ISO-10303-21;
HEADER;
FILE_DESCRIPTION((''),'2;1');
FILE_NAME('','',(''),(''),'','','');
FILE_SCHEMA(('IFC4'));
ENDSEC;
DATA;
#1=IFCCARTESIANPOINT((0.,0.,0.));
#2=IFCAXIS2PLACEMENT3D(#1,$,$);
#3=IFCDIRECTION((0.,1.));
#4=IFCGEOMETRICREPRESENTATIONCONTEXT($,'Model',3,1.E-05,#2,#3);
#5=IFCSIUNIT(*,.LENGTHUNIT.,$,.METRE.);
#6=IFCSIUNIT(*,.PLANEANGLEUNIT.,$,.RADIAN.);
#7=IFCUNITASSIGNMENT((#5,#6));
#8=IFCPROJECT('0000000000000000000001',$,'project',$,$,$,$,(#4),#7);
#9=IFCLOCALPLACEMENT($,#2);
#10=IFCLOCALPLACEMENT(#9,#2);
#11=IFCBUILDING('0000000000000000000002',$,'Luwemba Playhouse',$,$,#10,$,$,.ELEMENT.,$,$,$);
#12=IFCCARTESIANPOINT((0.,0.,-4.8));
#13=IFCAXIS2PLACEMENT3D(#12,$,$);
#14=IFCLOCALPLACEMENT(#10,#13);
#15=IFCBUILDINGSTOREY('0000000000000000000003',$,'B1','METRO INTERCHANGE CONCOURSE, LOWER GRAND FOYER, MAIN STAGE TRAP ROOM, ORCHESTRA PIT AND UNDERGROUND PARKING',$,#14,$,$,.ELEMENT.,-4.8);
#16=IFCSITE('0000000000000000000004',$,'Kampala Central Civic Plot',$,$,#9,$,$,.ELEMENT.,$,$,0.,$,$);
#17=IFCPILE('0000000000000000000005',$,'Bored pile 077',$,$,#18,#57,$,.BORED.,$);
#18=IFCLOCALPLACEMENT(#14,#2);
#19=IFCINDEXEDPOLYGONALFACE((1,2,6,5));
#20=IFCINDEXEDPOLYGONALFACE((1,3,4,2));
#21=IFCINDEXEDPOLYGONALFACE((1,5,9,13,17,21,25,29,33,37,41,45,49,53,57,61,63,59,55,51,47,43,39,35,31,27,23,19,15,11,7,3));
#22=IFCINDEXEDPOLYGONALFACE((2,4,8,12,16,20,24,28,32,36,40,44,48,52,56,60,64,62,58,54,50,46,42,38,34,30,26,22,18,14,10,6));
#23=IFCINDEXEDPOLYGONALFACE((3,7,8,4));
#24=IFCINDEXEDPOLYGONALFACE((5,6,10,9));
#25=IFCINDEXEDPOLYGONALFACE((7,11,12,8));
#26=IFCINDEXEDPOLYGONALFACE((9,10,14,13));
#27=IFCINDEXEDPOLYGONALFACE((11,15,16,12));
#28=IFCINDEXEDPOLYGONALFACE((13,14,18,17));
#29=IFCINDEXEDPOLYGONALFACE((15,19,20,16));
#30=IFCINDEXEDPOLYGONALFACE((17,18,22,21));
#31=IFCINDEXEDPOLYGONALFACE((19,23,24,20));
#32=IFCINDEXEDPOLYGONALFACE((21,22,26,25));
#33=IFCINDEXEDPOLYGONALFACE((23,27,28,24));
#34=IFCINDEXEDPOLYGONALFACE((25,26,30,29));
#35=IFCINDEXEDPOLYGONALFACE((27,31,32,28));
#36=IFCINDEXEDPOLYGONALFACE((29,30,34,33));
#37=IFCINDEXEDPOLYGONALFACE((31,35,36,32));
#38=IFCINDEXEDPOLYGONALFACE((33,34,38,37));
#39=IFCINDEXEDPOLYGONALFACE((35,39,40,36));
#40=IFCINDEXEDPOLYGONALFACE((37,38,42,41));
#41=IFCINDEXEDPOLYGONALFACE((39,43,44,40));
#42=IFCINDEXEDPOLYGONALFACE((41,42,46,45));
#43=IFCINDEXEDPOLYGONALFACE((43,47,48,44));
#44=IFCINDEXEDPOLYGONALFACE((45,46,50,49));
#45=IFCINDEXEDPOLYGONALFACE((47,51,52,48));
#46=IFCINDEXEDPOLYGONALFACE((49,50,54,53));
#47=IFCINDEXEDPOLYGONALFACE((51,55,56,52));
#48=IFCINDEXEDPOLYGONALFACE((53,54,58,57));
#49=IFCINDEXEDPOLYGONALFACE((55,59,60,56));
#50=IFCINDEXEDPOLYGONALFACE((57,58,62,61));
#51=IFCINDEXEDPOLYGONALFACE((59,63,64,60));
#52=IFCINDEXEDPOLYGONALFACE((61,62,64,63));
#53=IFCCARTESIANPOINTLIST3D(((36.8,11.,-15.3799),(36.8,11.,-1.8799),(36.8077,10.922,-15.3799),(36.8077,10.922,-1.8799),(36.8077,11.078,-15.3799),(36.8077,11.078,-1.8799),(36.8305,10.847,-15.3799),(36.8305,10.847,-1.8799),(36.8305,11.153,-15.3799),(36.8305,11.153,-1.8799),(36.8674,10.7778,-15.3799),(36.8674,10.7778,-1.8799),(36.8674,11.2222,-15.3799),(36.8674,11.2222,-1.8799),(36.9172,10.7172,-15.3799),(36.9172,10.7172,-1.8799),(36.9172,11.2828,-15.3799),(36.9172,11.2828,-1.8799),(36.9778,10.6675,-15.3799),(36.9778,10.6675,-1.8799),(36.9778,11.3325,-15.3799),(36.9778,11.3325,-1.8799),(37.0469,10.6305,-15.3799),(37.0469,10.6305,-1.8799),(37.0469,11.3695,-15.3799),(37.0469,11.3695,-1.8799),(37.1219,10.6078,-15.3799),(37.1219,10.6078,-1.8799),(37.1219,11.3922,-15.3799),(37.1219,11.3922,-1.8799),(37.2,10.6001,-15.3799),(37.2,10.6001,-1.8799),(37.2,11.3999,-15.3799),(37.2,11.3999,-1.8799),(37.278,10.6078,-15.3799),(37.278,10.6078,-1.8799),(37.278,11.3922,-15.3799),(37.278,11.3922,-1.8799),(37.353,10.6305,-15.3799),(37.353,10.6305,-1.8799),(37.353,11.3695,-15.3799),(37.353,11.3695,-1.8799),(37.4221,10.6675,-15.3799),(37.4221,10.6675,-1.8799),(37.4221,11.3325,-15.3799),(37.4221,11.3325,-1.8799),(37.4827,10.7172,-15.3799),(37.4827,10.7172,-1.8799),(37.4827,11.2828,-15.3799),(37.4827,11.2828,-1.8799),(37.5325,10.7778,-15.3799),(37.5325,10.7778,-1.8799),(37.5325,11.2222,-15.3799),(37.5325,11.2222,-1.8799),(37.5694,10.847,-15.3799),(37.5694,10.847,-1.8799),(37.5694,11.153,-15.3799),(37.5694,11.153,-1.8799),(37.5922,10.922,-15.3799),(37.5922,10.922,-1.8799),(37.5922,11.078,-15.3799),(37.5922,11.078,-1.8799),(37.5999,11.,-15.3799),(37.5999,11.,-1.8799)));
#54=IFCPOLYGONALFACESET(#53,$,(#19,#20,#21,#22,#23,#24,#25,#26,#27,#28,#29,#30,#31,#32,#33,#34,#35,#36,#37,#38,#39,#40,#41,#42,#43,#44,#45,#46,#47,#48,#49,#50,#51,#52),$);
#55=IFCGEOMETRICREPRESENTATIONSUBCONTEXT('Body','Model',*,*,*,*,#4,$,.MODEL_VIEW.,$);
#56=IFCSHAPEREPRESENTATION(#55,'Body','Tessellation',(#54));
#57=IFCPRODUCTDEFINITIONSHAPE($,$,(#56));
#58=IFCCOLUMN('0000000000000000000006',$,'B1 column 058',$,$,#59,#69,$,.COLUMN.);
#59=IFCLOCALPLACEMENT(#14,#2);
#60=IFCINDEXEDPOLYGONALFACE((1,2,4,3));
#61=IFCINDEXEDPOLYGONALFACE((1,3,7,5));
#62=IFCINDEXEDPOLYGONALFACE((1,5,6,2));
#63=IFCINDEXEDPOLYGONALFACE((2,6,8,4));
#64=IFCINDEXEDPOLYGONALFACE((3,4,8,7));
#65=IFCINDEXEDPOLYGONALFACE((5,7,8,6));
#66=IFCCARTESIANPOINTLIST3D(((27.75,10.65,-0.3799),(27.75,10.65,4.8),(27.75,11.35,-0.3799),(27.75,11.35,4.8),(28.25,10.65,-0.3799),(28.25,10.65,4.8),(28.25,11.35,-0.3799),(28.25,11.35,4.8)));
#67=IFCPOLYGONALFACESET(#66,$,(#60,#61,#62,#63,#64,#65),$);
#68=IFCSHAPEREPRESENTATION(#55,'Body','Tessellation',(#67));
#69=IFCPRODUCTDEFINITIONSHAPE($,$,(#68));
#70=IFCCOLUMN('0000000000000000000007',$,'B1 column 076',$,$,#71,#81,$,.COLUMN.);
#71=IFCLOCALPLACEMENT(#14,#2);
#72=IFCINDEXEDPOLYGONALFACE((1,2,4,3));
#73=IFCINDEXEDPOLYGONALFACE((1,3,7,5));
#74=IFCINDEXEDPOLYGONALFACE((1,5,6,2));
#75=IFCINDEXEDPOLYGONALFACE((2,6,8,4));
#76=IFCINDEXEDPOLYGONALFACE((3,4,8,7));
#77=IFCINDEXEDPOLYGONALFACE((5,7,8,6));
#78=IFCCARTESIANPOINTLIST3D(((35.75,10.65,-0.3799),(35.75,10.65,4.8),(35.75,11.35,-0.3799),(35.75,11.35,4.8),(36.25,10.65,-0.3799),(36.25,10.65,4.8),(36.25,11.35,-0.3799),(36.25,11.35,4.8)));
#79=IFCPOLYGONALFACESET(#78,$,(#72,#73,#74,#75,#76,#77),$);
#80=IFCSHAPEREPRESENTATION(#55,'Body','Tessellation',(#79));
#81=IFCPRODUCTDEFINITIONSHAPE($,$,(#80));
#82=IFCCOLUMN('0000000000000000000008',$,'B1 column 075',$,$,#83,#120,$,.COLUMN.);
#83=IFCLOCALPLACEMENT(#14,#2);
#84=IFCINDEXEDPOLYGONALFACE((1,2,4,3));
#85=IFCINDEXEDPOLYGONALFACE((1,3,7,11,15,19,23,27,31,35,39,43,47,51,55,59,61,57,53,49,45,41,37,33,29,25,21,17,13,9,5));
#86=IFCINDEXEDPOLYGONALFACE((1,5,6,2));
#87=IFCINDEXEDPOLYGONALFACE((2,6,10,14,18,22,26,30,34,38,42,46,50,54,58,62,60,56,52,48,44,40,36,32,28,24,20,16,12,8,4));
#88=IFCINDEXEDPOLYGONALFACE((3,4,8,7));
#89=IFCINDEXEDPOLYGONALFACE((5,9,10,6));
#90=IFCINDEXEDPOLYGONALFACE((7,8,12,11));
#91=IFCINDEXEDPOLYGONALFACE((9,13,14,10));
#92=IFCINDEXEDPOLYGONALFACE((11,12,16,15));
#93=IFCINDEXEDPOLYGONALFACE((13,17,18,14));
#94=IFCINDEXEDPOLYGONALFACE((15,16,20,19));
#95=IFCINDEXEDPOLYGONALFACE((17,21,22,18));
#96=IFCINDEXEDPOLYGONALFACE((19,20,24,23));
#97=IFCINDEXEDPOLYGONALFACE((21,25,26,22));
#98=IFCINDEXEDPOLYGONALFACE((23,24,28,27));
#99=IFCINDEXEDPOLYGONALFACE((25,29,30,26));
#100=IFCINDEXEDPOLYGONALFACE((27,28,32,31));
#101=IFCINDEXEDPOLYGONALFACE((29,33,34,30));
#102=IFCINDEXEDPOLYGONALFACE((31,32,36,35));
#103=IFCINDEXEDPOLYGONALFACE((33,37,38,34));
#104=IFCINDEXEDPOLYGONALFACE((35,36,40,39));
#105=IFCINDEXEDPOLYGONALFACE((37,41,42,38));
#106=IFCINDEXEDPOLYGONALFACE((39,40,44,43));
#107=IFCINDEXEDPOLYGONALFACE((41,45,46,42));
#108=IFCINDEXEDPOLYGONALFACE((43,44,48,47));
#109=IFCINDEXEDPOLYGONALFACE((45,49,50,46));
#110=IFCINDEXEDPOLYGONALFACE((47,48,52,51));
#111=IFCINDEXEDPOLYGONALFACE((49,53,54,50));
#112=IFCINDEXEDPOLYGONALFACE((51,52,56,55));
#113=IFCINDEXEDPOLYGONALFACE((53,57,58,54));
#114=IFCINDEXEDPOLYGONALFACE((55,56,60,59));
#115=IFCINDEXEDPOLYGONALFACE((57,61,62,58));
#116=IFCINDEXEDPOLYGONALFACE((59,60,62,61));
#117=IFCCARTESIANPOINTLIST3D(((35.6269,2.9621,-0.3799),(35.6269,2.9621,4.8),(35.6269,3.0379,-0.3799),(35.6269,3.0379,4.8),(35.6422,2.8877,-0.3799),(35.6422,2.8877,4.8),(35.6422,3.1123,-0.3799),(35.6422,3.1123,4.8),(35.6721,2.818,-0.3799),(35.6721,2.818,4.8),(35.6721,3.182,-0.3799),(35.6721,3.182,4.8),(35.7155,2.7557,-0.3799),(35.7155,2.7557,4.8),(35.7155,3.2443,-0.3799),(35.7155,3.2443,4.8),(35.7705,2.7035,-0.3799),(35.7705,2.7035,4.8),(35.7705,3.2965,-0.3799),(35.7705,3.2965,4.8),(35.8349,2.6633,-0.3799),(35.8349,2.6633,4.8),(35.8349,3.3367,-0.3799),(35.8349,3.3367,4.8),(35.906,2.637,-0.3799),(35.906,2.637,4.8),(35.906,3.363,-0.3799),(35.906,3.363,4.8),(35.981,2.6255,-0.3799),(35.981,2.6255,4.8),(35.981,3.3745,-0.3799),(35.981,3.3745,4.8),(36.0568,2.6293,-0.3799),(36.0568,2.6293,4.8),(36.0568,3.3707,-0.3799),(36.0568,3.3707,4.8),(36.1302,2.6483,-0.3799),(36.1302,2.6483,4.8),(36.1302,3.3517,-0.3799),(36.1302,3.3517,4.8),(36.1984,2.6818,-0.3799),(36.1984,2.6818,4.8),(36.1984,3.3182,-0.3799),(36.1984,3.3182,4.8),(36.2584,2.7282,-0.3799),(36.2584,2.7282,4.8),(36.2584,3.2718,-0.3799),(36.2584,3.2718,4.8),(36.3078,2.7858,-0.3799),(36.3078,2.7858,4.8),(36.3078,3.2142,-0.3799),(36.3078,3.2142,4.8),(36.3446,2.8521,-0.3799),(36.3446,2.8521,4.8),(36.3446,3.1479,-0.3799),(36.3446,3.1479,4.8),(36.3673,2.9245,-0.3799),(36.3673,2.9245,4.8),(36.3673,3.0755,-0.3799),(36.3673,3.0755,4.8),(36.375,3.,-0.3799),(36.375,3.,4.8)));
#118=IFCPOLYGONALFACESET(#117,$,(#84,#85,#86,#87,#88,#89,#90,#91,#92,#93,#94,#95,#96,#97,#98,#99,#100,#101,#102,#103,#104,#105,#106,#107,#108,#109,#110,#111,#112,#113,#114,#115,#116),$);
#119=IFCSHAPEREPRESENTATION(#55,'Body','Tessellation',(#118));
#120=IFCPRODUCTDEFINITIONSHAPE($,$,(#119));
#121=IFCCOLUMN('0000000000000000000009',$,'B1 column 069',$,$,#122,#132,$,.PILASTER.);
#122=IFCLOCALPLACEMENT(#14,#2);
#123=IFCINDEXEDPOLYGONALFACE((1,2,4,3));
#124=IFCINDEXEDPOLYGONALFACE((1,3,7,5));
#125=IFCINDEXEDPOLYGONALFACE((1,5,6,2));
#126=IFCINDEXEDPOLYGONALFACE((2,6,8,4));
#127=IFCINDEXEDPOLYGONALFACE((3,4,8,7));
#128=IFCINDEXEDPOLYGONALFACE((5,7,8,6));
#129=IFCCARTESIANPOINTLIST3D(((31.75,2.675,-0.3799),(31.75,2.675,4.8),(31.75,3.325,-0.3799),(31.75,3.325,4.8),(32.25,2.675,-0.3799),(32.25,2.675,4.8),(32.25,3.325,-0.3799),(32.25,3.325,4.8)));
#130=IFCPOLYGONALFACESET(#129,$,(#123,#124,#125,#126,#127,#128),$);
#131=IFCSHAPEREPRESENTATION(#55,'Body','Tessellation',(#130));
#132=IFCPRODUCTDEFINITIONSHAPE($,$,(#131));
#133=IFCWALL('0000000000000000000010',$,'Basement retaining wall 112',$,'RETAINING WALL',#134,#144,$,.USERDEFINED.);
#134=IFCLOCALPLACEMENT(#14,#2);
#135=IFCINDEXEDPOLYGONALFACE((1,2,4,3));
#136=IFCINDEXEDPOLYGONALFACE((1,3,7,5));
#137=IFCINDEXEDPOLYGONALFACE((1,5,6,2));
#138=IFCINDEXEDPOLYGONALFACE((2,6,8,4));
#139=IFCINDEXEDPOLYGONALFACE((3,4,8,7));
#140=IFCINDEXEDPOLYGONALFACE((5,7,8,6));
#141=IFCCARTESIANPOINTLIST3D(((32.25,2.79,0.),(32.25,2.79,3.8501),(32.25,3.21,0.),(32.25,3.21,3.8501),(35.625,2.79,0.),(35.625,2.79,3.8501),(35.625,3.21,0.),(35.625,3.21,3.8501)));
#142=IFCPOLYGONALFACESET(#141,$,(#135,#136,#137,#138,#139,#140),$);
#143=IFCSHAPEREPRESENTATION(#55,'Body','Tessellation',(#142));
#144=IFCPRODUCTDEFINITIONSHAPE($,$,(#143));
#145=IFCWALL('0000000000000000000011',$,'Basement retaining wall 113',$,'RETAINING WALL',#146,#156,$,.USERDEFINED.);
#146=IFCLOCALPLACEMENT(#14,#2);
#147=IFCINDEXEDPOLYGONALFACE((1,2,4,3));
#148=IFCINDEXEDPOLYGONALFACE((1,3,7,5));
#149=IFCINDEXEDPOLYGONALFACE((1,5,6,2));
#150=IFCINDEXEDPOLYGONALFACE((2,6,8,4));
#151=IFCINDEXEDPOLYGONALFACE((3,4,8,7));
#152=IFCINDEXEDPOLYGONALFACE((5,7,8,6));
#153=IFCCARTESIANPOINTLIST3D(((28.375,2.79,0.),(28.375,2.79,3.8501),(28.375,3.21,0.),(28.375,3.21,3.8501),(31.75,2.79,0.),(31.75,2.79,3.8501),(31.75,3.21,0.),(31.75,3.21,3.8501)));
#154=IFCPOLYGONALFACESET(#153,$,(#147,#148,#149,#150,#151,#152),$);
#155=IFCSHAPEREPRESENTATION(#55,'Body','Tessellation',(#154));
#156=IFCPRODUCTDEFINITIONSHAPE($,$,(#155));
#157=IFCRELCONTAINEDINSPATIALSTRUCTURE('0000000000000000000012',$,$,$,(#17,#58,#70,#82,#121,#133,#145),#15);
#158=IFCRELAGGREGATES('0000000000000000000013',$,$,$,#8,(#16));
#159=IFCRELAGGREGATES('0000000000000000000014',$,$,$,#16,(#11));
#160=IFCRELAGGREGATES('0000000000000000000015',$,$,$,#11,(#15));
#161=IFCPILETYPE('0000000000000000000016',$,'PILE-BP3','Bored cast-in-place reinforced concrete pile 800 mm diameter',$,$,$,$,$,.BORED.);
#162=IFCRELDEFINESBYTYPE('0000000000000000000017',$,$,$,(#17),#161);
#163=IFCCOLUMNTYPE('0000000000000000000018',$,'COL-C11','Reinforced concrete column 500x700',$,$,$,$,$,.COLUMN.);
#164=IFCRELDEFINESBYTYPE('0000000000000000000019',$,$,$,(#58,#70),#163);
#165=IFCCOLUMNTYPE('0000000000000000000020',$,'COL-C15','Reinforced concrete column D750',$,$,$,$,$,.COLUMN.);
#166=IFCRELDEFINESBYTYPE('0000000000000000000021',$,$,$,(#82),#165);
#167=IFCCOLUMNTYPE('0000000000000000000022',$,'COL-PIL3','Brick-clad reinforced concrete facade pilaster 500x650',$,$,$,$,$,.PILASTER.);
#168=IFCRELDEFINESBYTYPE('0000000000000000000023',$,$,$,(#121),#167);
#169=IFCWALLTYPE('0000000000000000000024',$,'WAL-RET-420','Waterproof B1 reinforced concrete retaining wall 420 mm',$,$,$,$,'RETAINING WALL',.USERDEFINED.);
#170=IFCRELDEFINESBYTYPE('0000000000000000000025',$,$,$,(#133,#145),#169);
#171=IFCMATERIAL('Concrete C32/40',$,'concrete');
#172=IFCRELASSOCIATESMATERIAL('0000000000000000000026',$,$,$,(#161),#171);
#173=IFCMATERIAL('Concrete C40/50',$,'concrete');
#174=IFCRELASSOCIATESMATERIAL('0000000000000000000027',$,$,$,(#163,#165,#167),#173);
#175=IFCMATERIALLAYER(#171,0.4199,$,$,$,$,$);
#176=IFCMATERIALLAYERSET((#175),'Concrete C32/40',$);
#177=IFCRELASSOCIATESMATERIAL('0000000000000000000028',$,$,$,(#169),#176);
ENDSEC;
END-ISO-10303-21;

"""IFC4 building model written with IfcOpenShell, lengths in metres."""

from ifc_helpers import new_model, si_unit, direction, frame, frame_2d, origin, origin_2d, place, context, subcontext, project, spatial, rectangle, circle, extrude, material, layer, layer_set, material_profile, profile_set, type_object, element, save


model = new_model("IFC4")

# Units and contexts
model_context = context("Model", 3, precision=1e-05, world=origin(), true_north=direction((0.0, 1.0)))
body_context = subcontext(model_context, "Body", "Model", "MODEL_VIEW")
ifc_project = project(units=[si_unit("LENGTHUNIT", "METRE"), si_unit("PLANEANGLEUNIT", "RADIAN")], contexts=[model_context])

# Site, building, storey
site_placement = place(None, origin())
site = spatial("IfcSite", under=ifc_project, at=site_placement, Name="Kampala Central Civic Plot", CompositionType="ELEMENT", RefElevation=0.0)
building_placement = place(site_placement, origin())
building = spatial("IfcBuilding", under=site, at=building_placement, Name="Luwemba Playhouse", CompositionType="ELEMENT")
storey_placement = place(building_placement, frame((0.0, 0.0, -4.8)))
storey = spatial("IfcBuildingStorey", under=building, at=storey_placement, Name="B1", Description="METRO INTERCHANGE CONCOURSE, LOWER GRAND FOYER, MAIN STAGE TRAP ROOM, ORCHESTRA PIT AND UNDERGROUND PARKING", CompositionType="ELEMENT", Elevation=-4.8)

# Shared definitions
ifc_material_1 = material(Name="Concrete C32/40", Category="concrete")

# Pile
ifc_material_profile_1 = material_profile(ifc_material_1, circle(Radius=0.3999, at=origin_2d()))
ifc_profile_set_1 = profile_set([ifc_material_profile_1], Name="Concrete C32/40")
pile_type_1 = type_object("IfcPileType", Name="PILE-BP3", Description="Bored cast-in-place reinforced concrete pile 800 mm diameter", PredefinedType="BORED", material=ifc_profile_set_1)
for number, where, z_axis, x_axis, name in (
    (1, (37.2, 11.0, -1.8799), (0.0, 0.0, -1.0), (1.0, 0.0, 0.0), "Bored pile 077"),
):
    element("IfcPile", number, at=place(storey_placement, frame(where, z_axis=z_axis, x_axis=x_axis)), inside=storey, type_object=pile_type_1, Name=name, PredefinedType="BORED", context=body_context, shape_type="SweptSolid", body=[
        extrude(circle(Radius=0.3999, at=origin_2d()), origin(), (0.0, 0.0, 1.0), 13.5),
    ])

# Columns
ifc_material_2 = material(Name="Concrete C40/50", Category="concrete")
ifc_material_profile_2 = material_profile(ifc_material_2, rectangle(XDim=0.5, YDim=0.7, at=origin_2d()))
ifc_profile_set_2 = profile_set([ifc_material_profile_2], Name="Concrete C40/50")
column_type_1 = type_object("IfcColumnType", Name="COL-C11", Description="Reinforced concrete column 500x700", PredefinedType="COLUMN", material=ifc_profile_set_2)
for number, where, z_axis, x_axis, name in (
    (2, (28.0, 11.0, -0.3799), (0.0, 0.0, 1.0), (1.0, 0.0, 0.0), "B1 column 058"),
    (3, (36.0, 11.0, -0.3799), (0.0, 0.0, 1.0), (1.0, 0.0, 0.0), "B1 column 076"),
):
    element("IfcColumn", number, at=place(storey_placement, frame(where, z_axis=z_axis, x_axis=x_axis)), inside=storey, type_object=column_type_1, Name=name, PredefinedType="COLUMN", context=body_context, shape_type="SweptSolid", body=[
        extrude(rectangle(XDim=0.5, YDim=0.7, at=origin_2d()), origin(), (0.0, 0.0, 1.0), 5.1799),
    ])
ifc_material_profile_3 = material_profile(ifc_material_2, circle(Radius=0.375, at=origin_2d()))
ifc_profile_set_3 = profile_set([ifc_material_profile_3], Name="Concrete C40/50")
column_type_2 = type_object("IfcColumnType", Name="COL-C15", Description="Reinforced concrete column D750", PredefinedType="COLUMN", material=ifc_profile_set_3)
column_1_placement = place(storey_placement, frame((36.0, 3.0, -0.3799), z_axis=(0.0, 0.0, 1.0), x_axis=(1.0, 0.0, 0.0)))
element("IfcColumn", 4, at=column_1_placement, inside=storey, type_object=column_type_2, Name="B1 column 075", PredefinedType="COLUMN", context=body_context, shape_type="SweptSolid", body=[
    extrude(circle(Radius=0.375, at=origin_2d()), origin(), (0.0, 0.0, 1.0), 5.1799),
])
ifc_material_profile_4 = material_profile(ifc_material_2, rectangle(XDim=0.5, YDim=0.6499, at=origin_2d()))
ifc_profile_set_4 = profile_set([ifc_material_profile_4], Name="Concrete C40/50")
column_type_3 = type_object("IfcColumnType", Name="COL-PIL3", Description="Brick-clad reinforced concrete facade pilaster 500x650", PredefinedType="PILASTER", material=ifc_profile_set_4)
column_2_placement = place(storey_placement, frame((32.0, 3.0, -0.3799), z_axis=(0.0, 0.0, 1.0), x_axis=(1.0, 0.0, 0.0)))
element("IfcColumn", 5, at=column_2_placement, inside=storey, type_object=column_type_3, Name="B1 column 069", PredefinedType="PILASTER", context=body_context, shape_type="SweptSolid", body=[
    extrude(rectangle(XDim=0.5, YDim=0.6499, at=origin_2d()), origin(), (0.0, 0.0, 1.0), 5.1799),
])

# Walls
ifc_layer = layer(ifc_material_1, 0.4199)
ifc_layer_set = layer_set([ifc_layer], Name="Concrete C32/40")
wall_type = type_object("IfcWallType", Name="WAL-RET-420", Description="Waterproof B1 reinforced concrete retaining wall 420 mm", ElementType="RETAINING WALL", PredefinedType="USERDEFINED", material=ifc_layer_set)
for number, where, z_axis, x_axis, name in (
    (6, (35.625, 3.0, 0.0), (0.0, 0.0, 1.0), (-1.0, 0.0, 0.0), "Basement retaining wall 112"),
    (7, (31.75, 3.0, 0.0), (0.0, 0.0, 1.0), (-1.0, 0.0, 0.0), "Basement retaining wall 113"),
):
    element("IfcWall", number, at=place(storey_placement, frame(where, z_axis=z_axis, x_axis=x_axis)), inside=storey, type_object=wall_type, Name=name, ObjectType="RETAINING WALL", PredefinedType="USERDEFINED", context=body_context, shape_type="SweptSolid", body=[
        extrude(rectangle(XDim=3.375, YDim=0.4199, at=frame_2d((1.6875, 0.0))), origin(), (0.0, 0.0, 1.0), 3.8501),
    ])

save(model, "model.ifc")
